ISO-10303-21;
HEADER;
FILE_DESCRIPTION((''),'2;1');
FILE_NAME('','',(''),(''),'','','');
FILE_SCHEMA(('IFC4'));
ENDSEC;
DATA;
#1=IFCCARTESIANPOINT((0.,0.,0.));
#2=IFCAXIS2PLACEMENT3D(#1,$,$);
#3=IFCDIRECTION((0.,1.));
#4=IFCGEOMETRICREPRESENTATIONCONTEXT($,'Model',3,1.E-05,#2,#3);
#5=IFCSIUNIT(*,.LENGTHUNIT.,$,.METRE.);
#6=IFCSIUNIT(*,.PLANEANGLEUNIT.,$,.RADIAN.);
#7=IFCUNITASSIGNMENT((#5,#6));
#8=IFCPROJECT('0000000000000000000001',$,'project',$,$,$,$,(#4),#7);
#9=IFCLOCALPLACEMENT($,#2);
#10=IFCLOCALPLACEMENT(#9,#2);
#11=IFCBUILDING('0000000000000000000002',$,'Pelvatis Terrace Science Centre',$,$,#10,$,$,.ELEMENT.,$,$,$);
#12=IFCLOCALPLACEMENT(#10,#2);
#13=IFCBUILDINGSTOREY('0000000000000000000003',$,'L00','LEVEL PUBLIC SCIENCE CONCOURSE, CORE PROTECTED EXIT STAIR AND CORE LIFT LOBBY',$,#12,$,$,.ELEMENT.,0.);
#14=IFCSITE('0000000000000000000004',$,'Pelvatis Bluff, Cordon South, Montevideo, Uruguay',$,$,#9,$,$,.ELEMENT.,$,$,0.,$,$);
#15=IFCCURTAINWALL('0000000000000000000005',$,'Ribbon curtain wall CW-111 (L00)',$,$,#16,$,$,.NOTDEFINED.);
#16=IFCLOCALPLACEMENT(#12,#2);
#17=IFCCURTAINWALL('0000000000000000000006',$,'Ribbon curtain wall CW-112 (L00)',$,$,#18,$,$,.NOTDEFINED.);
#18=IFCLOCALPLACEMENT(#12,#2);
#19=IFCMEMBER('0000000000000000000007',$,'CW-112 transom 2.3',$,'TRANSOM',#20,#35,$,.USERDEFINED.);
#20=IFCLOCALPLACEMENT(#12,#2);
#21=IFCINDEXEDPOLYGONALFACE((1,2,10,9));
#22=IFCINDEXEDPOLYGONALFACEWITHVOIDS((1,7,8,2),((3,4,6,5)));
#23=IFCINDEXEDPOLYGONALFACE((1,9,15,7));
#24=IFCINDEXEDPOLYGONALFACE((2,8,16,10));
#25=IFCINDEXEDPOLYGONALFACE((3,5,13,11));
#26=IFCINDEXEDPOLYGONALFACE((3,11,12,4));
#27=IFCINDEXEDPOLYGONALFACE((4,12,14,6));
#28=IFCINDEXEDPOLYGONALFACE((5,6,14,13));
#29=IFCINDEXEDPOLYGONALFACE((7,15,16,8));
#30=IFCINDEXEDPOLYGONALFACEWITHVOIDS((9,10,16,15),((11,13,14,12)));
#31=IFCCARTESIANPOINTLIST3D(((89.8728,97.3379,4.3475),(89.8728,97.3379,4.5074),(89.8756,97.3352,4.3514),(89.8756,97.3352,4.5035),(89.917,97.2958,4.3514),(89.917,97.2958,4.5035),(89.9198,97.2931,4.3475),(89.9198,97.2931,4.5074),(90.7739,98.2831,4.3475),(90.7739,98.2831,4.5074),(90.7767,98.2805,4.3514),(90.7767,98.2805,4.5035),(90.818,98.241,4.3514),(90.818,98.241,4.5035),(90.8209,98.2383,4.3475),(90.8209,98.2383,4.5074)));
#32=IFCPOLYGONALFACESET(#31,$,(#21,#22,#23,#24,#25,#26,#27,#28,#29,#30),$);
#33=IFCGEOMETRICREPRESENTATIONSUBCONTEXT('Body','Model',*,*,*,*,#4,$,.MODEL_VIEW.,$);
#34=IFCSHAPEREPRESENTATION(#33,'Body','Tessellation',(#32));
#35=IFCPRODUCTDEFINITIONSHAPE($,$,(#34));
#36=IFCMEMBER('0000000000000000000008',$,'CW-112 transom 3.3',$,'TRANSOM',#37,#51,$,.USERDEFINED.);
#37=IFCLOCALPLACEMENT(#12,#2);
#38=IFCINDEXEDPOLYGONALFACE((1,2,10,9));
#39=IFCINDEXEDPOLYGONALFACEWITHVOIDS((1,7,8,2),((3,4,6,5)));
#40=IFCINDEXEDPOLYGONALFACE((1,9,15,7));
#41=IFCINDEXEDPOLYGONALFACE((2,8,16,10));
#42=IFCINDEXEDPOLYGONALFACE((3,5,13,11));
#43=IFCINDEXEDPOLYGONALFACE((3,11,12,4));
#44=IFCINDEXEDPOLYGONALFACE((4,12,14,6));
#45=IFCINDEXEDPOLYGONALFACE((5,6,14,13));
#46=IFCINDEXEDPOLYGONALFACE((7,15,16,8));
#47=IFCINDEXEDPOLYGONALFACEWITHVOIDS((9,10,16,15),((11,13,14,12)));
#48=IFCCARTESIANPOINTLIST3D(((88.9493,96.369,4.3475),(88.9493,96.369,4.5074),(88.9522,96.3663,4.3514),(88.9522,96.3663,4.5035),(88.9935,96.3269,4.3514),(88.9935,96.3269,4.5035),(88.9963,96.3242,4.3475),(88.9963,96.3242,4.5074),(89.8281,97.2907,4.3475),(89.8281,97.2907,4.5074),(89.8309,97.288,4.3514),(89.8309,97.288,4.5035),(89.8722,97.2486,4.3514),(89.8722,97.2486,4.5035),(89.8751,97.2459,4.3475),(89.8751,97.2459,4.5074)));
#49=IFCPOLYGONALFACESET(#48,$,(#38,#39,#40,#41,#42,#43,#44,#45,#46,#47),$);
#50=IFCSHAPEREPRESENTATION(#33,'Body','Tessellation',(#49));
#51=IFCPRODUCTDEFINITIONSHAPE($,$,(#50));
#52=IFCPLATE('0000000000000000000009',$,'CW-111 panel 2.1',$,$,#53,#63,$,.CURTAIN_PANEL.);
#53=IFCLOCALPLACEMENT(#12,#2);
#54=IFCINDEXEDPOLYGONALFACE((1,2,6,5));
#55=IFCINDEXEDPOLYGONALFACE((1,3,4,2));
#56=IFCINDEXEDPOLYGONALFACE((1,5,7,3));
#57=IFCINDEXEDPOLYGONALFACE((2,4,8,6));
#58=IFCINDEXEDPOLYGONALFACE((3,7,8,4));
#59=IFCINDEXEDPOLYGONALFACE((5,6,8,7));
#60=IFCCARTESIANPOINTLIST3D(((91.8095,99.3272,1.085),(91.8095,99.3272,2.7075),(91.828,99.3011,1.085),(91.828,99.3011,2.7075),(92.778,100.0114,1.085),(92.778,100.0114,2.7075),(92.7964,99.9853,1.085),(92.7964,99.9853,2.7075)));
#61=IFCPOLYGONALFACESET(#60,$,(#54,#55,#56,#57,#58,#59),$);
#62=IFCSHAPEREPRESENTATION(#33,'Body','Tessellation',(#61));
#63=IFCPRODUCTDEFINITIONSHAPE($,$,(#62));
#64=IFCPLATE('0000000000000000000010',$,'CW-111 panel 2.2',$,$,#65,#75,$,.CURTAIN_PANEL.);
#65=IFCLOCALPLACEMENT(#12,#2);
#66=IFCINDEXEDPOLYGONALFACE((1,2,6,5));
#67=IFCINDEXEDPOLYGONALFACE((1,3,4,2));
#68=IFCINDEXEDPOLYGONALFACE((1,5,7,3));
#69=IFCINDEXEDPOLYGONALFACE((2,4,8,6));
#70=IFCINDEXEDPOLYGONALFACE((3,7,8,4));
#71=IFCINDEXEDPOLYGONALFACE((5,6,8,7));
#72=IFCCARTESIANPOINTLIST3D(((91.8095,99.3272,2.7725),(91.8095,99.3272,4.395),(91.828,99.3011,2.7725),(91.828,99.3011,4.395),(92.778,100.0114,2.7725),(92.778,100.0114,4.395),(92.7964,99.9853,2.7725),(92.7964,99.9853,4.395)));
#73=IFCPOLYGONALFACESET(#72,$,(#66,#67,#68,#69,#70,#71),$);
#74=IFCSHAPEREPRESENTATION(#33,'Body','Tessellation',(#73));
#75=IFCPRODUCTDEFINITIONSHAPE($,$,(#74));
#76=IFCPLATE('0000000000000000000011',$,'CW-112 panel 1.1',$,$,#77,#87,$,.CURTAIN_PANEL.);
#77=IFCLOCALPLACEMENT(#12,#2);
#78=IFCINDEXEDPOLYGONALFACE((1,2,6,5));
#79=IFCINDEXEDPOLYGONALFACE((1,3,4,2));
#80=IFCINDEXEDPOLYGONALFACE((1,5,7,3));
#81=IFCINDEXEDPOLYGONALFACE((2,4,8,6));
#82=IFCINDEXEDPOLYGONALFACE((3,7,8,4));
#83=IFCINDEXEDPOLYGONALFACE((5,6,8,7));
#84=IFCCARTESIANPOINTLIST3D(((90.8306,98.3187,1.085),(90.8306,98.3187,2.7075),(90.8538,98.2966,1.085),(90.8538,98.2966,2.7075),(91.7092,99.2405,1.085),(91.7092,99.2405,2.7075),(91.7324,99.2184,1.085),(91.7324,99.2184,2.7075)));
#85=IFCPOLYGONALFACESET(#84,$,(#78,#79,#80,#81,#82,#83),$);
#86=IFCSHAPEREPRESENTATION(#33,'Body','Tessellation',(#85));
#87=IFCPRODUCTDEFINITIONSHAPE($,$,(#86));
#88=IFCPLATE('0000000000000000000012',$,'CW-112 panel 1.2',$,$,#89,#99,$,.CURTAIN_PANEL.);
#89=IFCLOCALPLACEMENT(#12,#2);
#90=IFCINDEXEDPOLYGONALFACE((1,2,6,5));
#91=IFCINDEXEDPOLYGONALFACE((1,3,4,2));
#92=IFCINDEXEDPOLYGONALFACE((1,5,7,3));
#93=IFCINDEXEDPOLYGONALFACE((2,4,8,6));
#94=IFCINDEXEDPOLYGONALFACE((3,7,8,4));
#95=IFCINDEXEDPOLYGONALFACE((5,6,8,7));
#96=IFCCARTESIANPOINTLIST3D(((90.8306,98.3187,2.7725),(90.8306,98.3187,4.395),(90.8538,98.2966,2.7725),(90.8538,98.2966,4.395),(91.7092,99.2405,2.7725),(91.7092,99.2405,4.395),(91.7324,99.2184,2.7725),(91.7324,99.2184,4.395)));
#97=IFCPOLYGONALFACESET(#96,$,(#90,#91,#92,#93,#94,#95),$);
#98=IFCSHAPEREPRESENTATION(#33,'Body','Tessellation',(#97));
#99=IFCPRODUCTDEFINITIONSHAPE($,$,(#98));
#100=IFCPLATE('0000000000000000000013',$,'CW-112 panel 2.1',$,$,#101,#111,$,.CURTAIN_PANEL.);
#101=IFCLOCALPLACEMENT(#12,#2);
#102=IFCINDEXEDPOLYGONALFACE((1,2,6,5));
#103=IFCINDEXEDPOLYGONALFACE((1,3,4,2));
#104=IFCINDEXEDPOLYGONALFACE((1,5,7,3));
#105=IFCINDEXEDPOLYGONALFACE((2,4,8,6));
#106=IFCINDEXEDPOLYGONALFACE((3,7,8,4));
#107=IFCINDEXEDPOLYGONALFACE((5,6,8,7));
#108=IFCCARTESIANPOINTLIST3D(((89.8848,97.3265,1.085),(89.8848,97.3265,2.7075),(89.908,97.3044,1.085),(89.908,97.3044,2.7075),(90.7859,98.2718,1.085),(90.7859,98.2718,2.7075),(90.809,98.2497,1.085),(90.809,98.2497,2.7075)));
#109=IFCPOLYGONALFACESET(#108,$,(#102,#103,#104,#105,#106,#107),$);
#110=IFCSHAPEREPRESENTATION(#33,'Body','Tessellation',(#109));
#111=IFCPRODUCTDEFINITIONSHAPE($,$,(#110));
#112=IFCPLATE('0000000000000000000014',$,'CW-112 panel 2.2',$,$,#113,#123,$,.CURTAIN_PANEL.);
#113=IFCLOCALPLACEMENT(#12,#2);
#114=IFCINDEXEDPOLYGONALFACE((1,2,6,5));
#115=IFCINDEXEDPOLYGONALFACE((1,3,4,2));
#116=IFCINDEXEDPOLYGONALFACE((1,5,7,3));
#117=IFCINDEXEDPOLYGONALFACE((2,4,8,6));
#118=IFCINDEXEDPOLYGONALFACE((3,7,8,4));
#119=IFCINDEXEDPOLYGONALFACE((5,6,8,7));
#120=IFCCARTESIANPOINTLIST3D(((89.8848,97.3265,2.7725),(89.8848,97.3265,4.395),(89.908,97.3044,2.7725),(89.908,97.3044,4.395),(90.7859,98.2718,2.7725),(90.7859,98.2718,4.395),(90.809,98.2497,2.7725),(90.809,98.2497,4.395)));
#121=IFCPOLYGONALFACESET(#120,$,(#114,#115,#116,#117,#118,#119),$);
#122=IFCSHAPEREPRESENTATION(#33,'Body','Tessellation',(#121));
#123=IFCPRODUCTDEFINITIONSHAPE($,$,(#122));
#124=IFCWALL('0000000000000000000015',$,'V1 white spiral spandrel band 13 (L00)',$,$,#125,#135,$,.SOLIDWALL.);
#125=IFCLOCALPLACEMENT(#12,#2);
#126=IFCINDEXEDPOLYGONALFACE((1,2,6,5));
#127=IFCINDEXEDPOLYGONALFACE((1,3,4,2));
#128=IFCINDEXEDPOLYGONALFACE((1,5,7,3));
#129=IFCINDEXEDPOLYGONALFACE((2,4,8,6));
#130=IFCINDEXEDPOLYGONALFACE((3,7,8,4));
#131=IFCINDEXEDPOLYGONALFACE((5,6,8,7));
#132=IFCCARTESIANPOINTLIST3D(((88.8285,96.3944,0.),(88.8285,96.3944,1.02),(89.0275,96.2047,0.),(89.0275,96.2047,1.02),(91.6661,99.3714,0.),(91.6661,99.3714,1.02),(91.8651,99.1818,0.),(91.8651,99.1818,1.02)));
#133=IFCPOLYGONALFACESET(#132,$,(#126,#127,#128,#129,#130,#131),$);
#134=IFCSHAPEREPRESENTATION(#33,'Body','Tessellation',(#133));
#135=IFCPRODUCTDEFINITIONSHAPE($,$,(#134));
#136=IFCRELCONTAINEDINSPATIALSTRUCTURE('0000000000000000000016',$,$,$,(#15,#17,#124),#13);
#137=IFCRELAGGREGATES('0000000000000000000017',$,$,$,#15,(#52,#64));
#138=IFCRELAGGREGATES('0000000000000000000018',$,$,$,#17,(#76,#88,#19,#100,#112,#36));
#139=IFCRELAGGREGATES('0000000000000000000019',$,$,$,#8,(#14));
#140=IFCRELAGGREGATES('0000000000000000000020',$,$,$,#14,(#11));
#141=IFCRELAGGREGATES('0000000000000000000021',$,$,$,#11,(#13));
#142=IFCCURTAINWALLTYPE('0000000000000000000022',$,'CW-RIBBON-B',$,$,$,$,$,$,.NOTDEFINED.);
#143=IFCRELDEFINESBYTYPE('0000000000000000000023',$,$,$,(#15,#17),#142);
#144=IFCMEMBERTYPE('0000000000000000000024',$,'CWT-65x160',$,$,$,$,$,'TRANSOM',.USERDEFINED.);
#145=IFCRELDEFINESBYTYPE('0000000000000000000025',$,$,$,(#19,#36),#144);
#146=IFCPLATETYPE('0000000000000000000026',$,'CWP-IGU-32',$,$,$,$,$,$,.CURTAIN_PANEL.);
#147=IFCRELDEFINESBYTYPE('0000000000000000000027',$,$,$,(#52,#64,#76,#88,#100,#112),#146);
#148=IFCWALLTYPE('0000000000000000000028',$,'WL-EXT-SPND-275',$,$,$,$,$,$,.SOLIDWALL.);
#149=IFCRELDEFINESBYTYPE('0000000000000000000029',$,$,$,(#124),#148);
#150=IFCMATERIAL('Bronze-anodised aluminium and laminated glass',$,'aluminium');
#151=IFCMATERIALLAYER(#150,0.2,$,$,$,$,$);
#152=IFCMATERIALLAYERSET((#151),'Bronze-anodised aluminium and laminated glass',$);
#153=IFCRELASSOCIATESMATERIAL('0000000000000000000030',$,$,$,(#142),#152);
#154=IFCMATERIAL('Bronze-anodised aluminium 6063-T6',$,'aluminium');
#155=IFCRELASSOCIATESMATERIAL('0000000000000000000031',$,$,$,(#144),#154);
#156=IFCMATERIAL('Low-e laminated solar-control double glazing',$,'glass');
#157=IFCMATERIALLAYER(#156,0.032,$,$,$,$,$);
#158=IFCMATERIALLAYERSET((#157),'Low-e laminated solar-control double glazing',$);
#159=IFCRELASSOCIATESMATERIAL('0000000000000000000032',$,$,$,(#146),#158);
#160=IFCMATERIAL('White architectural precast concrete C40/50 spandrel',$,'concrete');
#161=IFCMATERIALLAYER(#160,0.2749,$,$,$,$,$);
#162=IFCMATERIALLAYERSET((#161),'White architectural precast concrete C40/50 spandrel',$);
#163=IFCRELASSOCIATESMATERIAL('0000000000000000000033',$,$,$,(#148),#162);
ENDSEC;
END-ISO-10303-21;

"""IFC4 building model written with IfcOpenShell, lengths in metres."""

from ifc_helpers import new_model, si_unit, direction, frame, frame_2d, origin, origin_2d, place, context, subcontext, project, spatial, rectangle, hollow_rectangle, extrude, material, layer, layer_set, material_profile, profile_set, type_object, element, aggregate, save


model = new_model("IFC4")

# Units and contexts
model_context = context("Model", 3, precision=1e-05, world=origin(), true_north=direction((0.0, 1.0)))
body_context = subcontext(model_context, "Body", "Model", "MODEL_VIEW")
ifc_project = project(units=[si_unit("LENGTHUNIT", "METRE"), si_unit("PLANEANGLEUNIT", "RADIAN")], contexts=[model_context])

# Site, building, storey
site_placement = place(None, origin())
site = spatial("IfcSite", under=ifc_project, at=site_placement, Name="Pelvatis Bluff, Cordon South, Montevideo, Uruguay", CompositionType="ELEMENT", RefElevation=0.0)
building_placement = place(site_placement, origin())
building = spatial("IfcBuilding", under=site, at=building_placement, Name="Pelvatis Terrace Science Centre", CompositionType="ELEMENT")
storey_placement = place(building_placement, origin())
storey = spatial("IfcBuildingStorey", under=building, at=storey_placement, Name="L00", Description="LEVEL PUBLIC SCIENCE CONCOURSE, CORE PROTECTED EXIT STAIR AND CORE LIFT LOBBY", CompositionType="ELEMENT", Elevation=0.0)

# Curtain wall
ifc_material_1 = material(Name="Bronze-anodised aluminium and laminated glass", Category="aluminium")
ifc_layer_1 = layer(ifc_material_1, 0.2)
ifc_layer_set_1 = layer_set([ifc_layer_1], Name="Bronze-anodised aluminium and laminated glass")
curtain_wall_type = type_object("IfcCurtainWallType", Name="CW-RIBBON-B", PredefinedType="NOTDEFINED", material=ifc_layer_set_1)
curtain_wall_1_placement = place(storey_placement, origin())
curtain_wall_1 = element("IfcCurtainWall", 1, at=curtain_wall_1_placement, inside=storey, type_object=curtain_wall_type, Name="Ribbon curtain wall CW-111 (L00)", PredefinedType="NOTDEFINED")

# Curtain wall
curtain_wall_2_placement = place(storey_placement, origin())
curtain_wall_2 = element("IfcCurtainWall", 2, at=curtain_wall_2_placement, inside=storey, type_object=curtain_wall_type, Name="Ribbon curtain wall CW-112 (L00)", PredefinedType="NOTDEFINED")

# Members
ifc_material_2 = material(Name="Bronze-anodised aluminium 6063-T6", Category="aluminium")
ifc_material_profile_1 = material_profile(ifc_material_2, hollow_rectangle(XDim=0.0649, YDim=0.1599, WallThickness=0.0039, at=origin_2d()), Name="ALU-TRN 65x160")
ifc_profile_set_1 = profile_set([ifc_material_profile_1], Name="Bronze-anodised aluminium 6063-T6")
member_type_1 = type_object("IfcMemberType", Name="CWT-65x160", ElementType="TRANSOM", PredefinedType="USERDEFINED", material=ifc_profile_set_1)
member_1_placement = place(storey_placement, frame((90.7974, 98.2607, 4.4275), z_axis=(-0.689987, -0.723822, 0.0), x_axis=(0.723822, -0.689987, 0.0)))
member_1 = element("IfcMember", 3, at=member_1_placement, type_object=member_type_1, Name="CW-112 transom 2.3", ObjectType="TRANSOM", PredefinedType="USERDEFINED", context=body_context, shape_type="SweptSolid", body=[
    extrude(hollow_rectangle(XDim=0.0649, YDim=0.1599, WallThickness=0.0039, at=origin_2d()), origin(), (0.0, 0.0, 1.0), 1.3059),
])
member_2_placement = place(storey_placement, frame((89.8516, 97.2683, 4.4275), z_axis=(-0.690033, -0.723778, 0.0), x_axis=(0.723778, -0.690033, 0.0)))
member_2 = element("IfcMember", 4, at=member_2_placement, type_object=member_type_1, Name="CW-112 transom 3.3", ObjectType="TRANSOM", PredefinedType="USERDEFINED", context=body_context, shape_type="SweptSolid", body=[
    extrude(hollow_rectangle(XDim=0.0649, YDim=0.1599, WallThickness=0.0039, at=origin_2d()), origin(), (0.0, 0.0, 1.0), 1.2734),
])

# Plates
ifc_material_3 = material(Name="Low-e laminated solar-control double glazing", Category="glass")
ifc_layer_2 = layer(ifc_material_3, 0.032)
ifc_layer_set_2 = layer_set([ifc_layer_2], Name="Low-e laminated solar-control double glazing")
plate_type = type_object("IfcPlateType", Name="CWP-IGU-32", PredefinedType="CURTAIN_PANEL", material=ifc_layer_set_2)
plate_1_placement = place(storey_placement, frame((92.303, 99.6562, 1.085), z_axis=(0.0, 0.0, 1.0), x_axis=(-0.816705, -0.577055, 0.0)))
plate_1 = element("IfcPlate", 5, at=plate_1_placement, type_object=plate_type, Name="CW-111 panel 2.1", PredefinedType="CURTAIN_PANEL", context=body_context, shape_type="SweptSolid", body=[
    extrude(rectangle(XDim=1.1858, YDim=0.032, at=origin_2d()), origin(), (0.0, 0.0, 1.0), 1.6226),
])
plate_2_placement = place(storey_placement, frame((92.303, 99.6562, 2.7725), z_axis=(0.0, 0.0, 1.0), x_axis=(-0.816705, -0.577055, 0.0)))
plate_2 = element("IfcPlate", 6, at=plate_2_placement, type_object=plate_type, Name="CW-111 panel 2.2", PredefinedType="CURTAIN_PANEL", context=body_context, shape_type="SweptSolid", body=[
    extrude(rectangle(XDim=1.1858, YDim=0.032, at=origin_2d()), origin(), (0.0, 0.0, 1.0), 1.6226),
])
aggregate(curtain_wall_1, [plate_1, plate_2])
plate_3_placement = place(storey_placement, frame((91.2815, 98.7686, 1.085), z_axis=(0.0, 0.0, 1.0), x_axis=(-0.689969, -0.723839, 0.0)))
plate_3 = element("IfcPlate", 7, at=plate_3_placement, type_object=plate_type, Name="CW-112 panel 1.1", PredefinedType="CURTAIN_PANEL", context=body_context, shape_type="SweptSolid", body=[
    extrude(rectangle(XDim=1.2734, YDim=0.032, at=origin_2d()), origin(), (0.0, 0.0, 1.0), 1.6226),
])
plate_4_placement = place(storey_placement, frame((91.2815, 98.7686, 2.7725), z_axis=(0.0, 0.0, 1.0), x_axis=(-0.689969, -0.723839, 0.0)))
plate_4 = element("IfcPlate", 8, at=plate_4_placement, type_object=plate_type, Name="CW-112 panel 1.2", PredefinedType="CURTAIN_PANEL", context=body_context, shape_type="SweptSolid", body=[
    extrude(rectangle(XDim=1.2734, YDim=0.032, at=origin_2d()), origin(), (0.0, 0.0, 1.0), 1.6226),
])
plate_5_placement = place(storey_placement, frame((90.3469, 97.7881, 1.085), z_axis=(0.0, 0.0, 1.0), x_axis=(-0.689969, -0.723839, 0.0)))
plate_5 = element("IfcPlate", 9, at=plate_5_placement, type_object=plate_type, Name="CW-112 panel 2.1", PredefinedType="CURTAIN_PANEL", context=body_context, shape_type="SweptSolid", body=[
    extrude(rectangle(XDim=1.3059, YDim=0.032, at=origin_2d()), origin(), (0.0, 0.0, 1.0), 1.6226),
])
plate_6_placement = place(storey_placement, frame((90.3469, 97.7881, 2.7725), z_axis=(0.0, 0.0, 1.0), x_axis=(-0.689969, -0.723839, 0.0)))
plate_6 = element("IfcPlate", 10, at=plate_6_placement, type_object=plate_type, Name="CW-112 panel 2.2", PredefinedType="CURTAIN_PANEL", context=body_context, shape_type="SweptSolid", body=[
    extrude(rectangle(XDim=1.3059, YDim=0.032, at=origin_2d()), origin(), (0.0, 0.0, 1.0), 1.6226),
])
aggregate(curtain_wall_2, [plate_3, plate_4, member_1, plate_5, plate_6, member_2])

# Wall
ifc_material_4 = material(Name="White architectural precast concrete C40/50 spandrel", Category="concrete")
ifc_layer_3 = layer(ifc_material_4, 0.2749)
ifc_layer_set_3 = layer_set([ifc_layer_3], Name="White architectural precast concrete C40/50 spandrel")
wall_type = type_object("IfcWallType", Name="WL-EXT-SPND-275", PredefinedType="SOLIDWALL", material=ifc_layer_set_3)
wall_placement = place(storey_placement, frame((91.7656, 99.2766, 0.0), z_axis=(0.0, 0.0, 1.0), x_axis=(-0.689956, -0.723851, 0.0)))
element("IfcWall", 11, at=wall_placement, inside=storey, type_object=wall_type, Name="V1 white spiral spandrel band 13 (L00)", PredefinedType="SOLIDWALL", context=body_context, shape_type="SweptSolid", body=[
    extrude(rectangle(XDim=4.1128, YDim=0.2749, at=frame_2d((2.0564, 0.0))), origin(), (0.0, 0.0, 1.0), 1.02),
])

save(model, "model.ifc")
